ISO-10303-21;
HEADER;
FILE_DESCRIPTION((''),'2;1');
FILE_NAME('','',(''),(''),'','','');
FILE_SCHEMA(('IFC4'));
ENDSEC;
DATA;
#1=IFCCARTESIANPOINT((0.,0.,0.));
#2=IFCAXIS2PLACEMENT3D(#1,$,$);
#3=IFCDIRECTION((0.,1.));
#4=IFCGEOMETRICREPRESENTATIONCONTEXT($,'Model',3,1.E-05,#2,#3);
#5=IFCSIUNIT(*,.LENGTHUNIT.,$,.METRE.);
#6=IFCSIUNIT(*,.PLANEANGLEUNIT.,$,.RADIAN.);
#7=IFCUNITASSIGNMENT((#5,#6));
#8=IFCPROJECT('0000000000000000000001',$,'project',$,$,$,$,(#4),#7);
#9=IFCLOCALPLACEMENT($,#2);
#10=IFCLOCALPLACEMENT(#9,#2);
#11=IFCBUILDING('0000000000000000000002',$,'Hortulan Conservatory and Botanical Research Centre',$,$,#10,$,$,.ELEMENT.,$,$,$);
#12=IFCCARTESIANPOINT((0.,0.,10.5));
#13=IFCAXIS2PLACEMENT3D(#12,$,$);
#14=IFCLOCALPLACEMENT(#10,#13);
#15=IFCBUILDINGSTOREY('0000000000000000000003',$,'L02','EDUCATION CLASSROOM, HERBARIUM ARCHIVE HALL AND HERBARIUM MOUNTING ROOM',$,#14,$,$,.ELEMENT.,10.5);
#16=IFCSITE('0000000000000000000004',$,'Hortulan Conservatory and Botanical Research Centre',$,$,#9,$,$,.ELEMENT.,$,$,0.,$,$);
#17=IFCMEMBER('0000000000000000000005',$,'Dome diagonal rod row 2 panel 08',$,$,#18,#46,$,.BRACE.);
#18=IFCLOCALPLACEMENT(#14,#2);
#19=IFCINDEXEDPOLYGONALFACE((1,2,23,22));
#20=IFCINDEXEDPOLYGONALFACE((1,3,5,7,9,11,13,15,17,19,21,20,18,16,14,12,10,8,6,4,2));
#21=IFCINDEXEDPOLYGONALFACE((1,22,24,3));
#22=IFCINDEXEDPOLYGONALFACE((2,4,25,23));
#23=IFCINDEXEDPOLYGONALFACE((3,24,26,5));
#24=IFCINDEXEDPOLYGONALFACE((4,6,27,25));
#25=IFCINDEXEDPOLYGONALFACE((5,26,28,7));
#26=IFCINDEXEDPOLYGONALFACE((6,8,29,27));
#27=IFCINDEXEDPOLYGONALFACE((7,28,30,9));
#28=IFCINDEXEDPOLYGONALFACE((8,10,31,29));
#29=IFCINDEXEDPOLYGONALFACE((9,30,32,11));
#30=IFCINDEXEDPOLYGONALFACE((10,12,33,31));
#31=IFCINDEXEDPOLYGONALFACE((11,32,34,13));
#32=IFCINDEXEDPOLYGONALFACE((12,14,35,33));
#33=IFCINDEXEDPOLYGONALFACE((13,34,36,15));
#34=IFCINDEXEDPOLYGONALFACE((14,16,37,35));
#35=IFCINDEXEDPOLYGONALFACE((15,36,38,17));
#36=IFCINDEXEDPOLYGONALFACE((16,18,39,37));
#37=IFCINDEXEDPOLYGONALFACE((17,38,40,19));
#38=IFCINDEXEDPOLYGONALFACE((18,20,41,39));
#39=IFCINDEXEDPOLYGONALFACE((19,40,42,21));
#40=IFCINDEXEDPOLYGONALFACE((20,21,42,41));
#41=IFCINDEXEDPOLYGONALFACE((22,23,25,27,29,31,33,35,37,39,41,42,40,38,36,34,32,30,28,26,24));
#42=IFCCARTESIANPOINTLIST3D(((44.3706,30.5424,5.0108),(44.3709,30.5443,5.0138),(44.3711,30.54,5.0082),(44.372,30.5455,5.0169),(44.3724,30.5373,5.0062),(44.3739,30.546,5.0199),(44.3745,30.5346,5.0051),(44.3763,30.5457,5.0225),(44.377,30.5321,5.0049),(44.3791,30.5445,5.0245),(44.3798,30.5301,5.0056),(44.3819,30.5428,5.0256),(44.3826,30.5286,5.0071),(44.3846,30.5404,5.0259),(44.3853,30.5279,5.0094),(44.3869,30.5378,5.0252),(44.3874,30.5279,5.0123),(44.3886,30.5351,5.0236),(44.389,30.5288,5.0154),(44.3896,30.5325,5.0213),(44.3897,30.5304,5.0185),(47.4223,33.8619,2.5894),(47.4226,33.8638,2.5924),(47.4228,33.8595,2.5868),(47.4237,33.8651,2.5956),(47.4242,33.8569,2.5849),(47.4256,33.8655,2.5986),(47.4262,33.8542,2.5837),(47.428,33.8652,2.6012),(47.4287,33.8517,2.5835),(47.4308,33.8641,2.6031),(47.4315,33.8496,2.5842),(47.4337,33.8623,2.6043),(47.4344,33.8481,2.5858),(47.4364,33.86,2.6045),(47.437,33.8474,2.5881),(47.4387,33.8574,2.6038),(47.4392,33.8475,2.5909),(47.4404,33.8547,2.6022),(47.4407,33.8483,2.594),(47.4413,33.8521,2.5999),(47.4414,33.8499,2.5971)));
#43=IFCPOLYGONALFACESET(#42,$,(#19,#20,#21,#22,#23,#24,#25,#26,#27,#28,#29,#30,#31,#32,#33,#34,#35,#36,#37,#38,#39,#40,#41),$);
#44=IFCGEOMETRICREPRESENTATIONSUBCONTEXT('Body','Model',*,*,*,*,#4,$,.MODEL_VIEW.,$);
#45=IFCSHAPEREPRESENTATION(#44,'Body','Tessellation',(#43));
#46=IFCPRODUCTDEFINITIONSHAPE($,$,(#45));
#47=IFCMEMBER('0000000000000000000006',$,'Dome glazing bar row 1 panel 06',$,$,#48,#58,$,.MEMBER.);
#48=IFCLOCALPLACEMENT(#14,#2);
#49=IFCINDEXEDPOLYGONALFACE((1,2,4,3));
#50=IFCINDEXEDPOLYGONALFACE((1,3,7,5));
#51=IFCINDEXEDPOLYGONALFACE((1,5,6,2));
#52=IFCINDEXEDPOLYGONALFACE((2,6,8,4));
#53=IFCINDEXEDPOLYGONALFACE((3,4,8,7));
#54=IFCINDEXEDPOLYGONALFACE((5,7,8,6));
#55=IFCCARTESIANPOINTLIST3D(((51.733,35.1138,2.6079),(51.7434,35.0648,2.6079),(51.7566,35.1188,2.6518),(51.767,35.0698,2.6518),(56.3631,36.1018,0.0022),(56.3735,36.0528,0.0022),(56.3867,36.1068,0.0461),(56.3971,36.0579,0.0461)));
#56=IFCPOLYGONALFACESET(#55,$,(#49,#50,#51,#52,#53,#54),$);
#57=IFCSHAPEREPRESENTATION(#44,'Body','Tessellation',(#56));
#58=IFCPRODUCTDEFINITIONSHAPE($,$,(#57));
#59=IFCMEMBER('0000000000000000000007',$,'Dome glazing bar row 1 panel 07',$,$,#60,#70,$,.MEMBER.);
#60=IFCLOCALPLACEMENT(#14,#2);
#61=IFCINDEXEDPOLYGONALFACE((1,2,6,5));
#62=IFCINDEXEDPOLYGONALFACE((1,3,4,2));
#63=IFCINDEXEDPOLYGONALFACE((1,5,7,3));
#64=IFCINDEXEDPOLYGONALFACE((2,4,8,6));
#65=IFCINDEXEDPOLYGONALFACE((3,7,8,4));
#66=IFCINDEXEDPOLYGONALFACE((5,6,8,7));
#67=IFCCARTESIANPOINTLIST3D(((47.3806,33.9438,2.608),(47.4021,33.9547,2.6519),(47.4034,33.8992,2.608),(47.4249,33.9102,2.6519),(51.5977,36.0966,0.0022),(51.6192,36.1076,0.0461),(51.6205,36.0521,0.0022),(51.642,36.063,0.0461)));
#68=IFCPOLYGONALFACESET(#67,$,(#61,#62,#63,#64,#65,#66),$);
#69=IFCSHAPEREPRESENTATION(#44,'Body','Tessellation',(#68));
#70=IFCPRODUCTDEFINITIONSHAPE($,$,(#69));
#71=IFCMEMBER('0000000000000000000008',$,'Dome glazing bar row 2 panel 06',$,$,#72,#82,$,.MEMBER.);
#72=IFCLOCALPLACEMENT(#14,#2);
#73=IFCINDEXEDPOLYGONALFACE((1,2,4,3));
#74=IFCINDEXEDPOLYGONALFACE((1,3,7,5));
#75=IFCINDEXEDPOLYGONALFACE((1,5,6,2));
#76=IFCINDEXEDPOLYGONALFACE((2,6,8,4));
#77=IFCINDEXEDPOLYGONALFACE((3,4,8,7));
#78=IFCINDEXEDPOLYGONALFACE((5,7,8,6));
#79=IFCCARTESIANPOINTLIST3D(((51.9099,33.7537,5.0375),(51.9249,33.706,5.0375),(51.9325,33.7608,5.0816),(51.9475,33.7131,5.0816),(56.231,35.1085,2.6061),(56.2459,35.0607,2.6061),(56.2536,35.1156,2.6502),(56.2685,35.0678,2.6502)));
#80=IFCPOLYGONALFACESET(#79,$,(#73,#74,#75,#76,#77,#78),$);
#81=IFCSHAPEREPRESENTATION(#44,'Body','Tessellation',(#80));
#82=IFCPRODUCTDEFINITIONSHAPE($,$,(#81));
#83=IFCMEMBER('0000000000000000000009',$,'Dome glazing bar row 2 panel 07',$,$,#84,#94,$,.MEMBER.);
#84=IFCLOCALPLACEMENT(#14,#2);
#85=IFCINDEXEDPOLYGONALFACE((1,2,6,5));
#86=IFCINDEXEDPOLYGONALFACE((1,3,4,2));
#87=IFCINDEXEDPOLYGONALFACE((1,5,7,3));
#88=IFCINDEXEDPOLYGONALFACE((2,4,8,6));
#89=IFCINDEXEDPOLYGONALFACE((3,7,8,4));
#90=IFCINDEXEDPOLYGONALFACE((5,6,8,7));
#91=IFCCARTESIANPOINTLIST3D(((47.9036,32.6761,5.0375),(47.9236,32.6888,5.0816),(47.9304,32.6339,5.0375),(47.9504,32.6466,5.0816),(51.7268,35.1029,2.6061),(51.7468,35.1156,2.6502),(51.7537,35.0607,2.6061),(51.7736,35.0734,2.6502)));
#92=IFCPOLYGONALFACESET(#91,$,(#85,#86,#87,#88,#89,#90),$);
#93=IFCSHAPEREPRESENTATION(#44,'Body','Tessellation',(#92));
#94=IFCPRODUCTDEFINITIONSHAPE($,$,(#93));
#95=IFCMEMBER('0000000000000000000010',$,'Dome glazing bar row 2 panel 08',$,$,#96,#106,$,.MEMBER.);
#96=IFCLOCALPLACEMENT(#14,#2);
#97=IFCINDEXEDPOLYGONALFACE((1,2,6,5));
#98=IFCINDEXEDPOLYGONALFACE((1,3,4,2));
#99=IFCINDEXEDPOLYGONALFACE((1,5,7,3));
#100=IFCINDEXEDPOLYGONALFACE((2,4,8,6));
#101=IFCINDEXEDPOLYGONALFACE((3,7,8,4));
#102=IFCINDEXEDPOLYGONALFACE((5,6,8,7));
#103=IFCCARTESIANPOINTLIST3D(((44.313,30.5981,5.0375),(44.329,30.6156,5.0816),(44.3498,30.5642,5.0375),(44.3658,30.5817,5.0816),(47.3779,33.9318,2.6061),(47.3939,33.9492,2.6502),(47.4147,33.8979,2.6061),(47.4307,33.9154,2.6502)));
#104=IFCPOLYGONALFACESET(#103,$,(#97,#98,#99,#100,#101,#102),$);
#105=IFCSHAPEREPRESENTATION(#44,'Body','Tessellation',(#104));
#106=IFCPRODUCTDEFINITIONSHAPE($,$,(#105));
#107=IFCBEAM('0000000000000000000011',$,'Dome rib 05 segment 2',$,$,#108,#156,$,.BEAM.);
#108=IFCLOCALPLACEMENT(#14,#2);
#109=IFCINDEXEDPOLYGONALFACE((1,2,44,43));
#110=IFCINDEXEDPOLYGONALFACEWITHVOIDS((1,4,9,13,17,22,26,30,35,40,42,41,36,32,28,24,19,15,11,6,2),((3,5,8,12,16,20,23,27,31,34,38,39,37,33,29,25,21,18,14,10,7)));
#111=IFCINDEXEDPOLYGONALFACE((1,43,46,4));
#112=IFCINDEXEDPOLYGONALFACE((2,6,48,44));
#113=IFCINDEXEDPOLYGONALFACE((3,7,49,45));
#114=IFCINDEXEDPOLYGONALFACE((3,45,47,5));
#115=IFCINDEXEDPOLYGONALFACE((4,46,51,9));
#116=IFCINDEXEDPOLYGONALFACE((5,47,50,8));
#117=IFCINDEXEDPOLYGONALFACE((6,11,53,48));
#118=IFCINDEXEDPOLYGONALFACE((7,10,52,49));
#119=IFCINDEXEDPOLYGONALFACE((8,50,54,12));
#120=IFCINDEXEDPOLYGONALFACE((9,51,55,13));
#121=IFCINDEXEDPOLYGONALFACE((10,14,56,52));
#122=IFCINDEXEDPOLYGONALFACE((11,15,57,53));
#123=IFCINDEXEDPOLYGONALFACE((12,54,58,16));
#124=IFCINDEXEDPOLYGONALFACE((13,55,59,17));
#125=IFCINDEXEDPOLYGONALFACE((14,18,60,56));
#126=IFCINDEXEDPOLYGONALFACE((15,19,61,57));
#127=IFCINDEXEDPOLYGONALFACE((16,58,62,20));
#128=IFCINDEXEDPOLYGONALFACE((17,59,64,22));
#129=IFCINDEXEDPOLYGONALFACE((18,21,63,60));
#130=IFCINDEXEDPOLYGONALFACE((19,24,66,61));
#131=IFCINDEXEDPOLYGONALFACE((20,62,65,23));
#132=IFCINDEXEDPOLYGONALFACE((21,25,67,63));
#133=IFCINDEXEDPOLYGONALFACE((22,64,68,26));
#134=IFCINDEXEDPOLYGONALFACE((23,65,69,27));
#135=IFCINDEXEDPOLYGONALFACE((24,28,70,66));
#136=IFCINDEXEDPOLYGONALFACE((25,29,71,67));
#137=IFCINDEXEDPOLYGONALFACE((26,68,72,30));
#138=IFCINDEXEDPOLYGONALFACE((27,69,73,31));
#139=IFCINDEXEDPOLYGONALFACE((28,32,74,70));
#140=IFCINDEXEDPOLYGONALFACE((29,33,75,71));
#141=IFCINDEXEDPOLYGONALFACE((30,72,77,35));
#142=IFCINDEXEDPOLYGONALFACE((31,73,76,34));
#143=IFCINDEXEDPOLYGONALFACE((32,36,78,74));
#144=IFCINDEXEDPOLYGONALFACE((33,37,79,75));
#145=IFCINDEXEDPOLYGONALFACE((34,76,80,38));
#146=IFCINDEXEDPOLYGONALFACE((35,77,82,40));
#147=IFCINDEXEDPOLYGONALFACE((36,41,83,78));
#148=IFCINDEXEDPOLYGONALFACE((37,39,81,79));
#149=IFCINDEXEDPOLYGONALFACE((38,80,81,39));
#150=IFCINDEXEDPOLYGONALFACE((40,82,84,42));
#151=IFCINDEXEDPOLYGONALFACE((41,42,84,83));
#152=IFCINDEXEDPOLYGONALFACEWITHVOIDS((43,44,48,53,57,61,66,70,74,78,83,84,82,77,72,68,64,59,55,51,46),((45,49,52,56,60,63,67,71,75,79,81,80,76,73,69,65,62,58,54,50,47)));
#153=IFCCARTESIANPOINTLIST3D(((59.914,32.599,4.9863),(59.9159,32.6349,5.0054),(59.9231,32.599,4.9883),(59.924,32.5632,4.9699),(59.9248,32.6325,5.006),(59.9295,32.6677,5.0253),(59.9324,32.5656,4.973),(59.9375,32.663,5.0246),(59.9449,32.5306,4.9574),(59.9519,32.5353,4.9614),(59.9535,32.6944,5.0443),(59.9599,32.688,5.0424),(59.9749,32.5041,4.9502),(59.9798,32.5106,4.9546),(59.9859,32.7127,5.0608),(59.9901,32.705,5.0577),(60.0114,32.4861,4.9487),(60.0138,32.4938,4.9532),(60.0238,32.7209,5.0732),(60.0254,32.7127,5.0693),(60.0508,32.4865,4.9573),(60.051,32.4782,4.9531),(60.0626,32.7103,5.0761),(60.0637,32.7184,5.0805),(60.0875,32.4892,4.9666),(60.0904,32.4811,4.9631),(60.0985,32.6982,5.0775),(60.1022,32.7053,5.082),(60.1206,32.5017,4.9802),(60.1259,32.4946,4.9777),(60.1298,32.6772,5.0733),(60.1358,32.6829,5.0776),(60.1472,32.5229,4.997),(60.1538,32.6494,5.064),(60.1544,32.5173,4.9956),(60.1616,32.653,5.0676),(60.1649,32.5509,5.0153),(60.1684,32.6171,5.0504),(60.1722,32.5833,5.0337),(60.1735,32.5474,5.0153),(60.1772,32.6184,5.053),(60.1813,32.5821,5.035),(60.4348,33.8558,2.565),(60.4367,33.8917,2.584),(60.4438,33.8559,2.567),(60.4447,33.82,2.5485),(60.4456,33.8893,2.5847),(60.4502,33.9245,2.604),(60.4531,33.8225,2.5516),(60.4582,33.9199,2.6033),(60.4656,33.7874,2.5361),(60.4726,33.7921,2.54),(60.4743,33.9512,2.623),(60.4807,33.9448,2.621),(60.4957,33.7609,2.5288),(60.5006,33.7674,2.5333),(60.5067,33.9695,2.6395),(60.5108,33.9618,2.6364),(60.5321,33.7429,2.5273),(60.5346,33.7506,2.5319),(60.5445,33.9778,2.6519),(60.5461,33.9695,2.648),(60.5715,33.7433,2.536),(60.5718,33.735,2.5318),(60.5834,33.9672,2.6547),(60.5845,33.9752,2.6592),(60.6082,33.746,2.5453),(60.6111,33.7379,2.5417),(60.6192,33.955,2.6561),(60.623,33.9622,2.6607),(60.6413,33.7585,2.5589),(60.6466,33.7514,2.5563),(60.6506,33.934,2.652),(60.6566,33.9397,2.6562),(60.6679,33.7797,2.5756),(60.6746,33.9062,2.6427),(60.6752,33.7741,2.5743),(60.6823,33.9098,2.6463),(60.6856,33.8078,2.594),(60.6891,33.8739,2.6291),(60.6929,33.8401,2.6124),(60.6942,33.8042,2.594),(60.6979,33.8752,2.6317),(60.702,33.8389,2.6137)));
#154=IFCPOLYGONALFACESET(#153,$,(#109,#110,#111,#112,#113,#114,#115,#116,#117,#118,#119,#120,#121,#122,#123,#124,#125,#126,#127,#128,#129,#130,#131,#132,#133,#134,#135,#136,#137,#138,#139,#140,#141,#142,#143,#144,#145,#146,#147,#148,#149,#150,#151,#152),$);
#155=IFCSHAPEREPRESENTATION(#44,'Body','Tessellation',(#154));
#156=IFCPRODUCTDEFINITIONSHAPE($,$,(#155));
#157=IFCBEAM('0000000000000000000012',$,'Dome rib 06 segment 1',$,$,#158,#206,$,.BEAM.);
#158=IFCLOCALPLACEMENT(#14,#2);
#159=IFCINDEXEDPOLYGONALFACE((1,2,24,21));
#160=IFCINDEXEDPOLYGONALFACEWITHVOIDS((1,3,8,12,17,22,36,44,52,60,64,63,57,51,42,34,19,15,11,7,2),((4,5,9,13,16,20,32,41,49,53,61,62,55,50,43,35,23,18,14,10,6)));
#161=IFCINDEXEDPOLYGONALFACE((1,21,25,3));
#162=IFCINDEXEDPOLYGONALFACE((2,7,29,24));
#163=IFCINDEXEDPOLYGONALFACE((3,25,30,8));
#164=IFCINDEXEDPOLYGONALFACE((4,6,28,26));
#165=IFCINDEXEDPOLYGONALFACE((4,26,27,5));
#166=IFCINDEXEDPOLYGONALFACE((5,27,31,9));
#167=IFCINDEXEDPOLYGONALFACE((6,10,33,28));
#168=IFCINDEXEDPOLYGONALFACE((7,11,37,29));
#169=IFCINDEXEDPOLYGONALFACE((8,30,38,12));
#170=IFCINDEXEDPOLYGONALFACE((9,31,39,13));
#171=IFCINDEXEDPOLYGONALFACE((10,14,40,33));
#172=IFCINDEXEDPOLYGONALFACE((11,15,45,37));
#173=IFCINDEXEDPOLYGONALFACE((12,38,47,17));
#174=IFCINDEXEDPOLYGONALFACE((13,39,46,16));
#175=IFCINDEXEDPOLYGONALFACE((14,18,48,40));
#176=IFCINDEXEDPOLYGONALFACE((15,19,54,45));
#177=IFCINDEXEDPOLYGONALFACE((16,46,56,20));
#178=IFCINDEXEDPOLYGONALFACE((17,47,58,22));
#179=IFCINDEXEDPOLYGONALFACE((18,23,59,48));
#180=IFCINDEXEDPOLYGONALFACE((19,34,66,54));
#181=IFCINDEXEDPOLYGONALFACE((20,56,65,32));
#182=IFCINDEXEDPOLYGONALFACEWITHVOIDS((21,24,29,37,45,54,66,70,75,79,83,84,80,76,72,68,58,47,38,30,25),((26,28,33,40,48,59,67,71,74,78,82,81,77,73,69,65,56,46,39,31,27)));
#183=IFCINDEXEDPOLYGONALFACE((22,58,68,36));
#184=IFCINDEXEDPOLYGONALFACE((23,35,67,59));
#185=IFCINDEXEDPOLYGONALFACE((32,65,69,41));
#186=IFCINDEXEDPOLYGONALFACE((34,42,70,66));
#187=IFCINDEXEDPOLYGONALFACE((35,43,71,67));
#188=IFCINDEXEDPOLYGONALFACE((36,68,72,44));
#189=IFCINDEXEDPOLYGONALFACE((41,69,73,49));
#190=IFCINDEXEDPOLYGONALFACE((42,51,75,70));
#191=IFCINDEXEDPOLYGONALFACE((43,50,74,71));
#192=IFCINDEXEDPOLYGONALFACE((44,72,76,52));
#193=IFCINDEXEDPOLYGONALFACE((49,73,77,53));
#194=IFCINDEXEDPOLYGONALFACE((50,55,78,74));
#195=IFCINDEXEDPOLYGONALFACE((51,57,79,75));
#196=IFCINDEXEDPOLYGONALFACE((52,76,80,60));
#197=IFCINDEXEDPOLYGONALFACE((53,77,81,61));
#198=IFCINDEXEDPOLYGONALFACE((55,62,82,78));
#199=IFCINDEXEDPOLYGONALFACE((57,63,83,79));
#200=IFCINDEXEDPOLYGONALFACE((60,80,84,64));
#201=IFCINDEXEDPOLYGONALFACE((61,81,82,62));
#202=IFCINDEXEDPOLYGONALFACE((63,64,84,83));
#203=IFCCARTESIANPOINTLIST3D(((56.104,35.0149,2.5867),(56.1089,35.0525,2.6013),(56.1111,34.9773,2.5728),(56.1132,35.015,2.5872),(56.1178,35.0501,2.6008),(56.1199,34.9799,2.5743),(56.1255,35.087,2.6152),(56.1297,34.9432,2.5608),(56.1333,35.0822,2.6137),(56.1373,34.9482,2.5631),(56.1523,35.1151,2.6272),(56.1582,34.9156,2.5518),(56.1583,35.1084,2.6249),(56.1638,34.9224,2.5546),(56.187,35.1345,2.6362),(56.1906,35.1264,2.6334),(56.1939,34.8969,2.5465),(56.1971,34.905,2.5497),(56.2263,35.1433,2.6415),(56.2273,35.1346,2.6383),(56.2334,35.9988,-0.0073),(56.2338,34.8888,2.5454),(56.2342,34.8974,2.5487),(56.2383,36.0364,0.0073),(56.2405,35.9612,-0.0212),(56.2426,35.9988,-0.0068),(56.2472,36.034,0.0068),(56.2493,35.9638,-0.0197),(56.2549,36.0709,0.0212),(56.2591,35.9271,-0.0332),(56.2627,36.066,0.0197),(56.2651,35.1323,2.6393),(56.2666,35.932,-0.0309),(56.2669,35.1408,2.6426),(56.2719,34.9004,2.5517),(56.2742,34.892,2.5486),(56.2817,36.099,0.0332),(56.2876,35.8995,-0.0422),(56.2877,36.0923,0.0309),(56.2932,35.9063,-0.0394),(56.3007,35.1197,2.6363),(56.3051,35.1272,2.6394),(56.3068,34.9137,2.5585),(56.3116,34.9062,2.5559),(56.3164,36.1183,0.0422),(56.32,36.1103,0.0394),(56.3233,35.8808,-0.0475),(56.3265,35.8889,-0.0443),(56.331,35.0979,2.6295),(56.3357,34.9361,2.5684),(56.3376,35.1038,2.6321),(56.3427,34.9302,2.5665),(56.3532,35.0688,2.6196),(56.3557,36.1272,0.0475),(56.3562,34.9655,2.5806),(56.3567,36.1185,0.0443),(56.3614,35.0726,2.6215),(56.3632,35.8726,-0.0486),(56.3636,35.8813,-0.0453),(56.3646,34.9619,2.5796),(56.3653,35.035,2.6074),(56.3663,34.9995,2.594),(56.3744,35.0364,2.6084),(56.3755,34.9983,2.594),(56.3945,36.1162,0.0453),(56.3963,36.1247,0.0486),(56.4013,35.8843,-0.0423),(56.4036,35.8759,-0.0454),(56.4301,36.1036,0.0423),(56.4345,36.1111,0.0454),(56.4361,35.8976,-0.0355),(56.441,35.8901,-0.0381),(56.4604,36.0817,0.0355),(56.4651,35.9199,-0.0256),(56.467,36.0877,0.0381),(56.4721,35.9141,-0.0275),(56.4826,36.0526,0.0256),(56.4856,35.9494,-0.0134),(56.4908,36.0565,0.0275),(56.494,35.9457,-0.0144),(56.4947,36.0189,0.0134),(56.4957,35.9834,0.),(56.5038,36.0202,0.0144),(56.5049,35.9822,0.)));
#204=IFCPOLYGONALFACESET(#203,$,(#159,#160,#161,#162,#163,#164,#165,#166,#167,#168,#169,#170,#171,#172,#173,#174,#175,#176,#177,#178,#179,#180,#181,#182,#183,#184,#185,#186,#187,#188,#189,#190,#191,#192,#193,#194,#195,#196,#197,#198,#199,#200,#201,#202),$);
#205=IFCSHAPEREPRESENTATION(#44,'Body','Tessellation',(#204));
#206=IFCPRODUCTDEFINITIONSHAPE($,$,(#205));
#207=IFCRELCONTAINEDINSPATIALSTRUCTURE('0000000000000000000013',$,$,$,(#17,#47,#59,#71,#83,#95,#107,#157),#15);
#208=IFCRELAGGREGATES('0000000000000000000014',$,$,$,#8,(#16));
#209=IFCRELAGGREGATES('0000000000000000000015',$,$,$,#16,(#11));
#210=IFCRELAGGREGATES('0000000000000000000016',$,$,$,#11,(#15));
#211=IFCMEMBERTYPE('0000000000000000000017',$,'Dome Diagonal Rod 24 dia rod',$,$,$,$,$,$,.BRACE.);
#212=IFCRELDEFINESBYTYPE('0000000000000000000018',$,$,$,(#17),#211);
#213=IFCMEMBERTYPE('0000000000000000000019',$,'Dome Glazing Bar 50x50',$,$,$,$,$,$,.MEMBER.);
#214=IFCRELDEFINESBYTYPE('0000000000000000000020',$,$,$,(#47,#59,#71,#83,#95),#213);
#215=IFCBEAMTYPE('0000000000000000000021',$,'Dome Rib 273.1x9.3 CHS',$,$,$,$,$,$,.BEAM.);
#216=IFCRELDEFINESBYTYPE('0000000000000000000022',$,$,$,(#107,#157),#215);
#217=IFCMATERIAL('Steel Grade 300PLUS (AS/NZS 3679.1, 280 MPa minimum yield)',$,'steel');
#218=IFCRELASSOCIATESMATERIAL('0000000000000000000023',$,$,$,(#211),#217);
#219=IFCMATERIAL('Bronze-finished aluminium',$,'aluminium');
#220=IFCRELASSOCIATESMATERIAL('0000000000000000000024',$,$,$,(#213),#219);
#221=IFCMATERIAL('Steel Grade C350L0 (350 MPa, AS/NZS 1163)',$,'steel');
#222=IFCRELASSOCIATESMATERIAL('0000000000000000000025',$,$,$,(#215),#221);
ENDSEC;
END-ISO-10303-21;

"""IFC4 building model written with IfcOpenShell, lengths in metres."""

from ifc_helpers import new_model, si_unit, direction, frame, origin, origin_2d, place, context, subcontext, project, spatial, rectangle, circle, hollow_circle, extrude, material, material_profile, profile_set, type_object, element, save


model = new_model("IFC4")

# Units and contexts
model_context = context("Model", 3, precision=1e-05, world=origin(), true_north=direction((0.0, 1.0)))
body_context = subcontext(model_context, "Body", "Model", "MODEL_VIEW")
ifc_project = project(units=[si_unit("LENGTHUNIT", "METRE"), si_unit("PLANEANGLEUNIT", "RADIAN")], contexts=[model_context])

# Site, building, storey
site_placement = place(None, origin())
site = spatial("IfcSite", under=ifc_project, at=site_placement, Name="Hortulan Conservatory and Botanical Research Centre", CompositionType="ELEMENT", RefElevation=0.0)
building_placement = place(site_placement, origin())
building = spatial("IfcBuilding", under=site, at=building_placement, Name="Hortulan Conservatory and Botanical Research Centre", CompositionType="ELEMENT")
storey_placement = place(building_placement, frame((0.0, 0.0, 10.5)))
storey = spatial("IfcBuildingStorey", under=building, at=storey_placement, Name="L02", Description="EDUCATION CLASSROOM, HERBARIUM ARCHIVE HALL AND HERBARIUM MOUNTING ROOM", CompositionType="ELEMENT", Elevation=10.5)

# Members
ifc_material_1 = material(Name="Steel Grade 300PLUS (AS/NZS 3679.1, 280 MPa minimum yield)", Category="steel")
ifc_material_profile_1 = material_profile(ifc_material_1, circle(Radius=0.012, at=origin_2d()), Name="24 dia rod")
ifc_profile_set_1 = profile_set([ifc_material_profile_1], Name="Steel Grade 300PLUS (AS/NZS 3679.1, 280 MPa minimum yield)")
member_type_1 = type_object("IfcMemberType", Name="Dome Diagonal Rod 24 dia rod", PredefinedType="BRACE", material=ifc_profile_set_1)
for number, where, z_axis, x_axis, name in (
    (1, (47.4319, 33.8564, 2.594), (-0.596256, -0.648584, 0.473094), (0.73618, -0.676786, 0.0), "Dome diagonal rod row 2 panel 08"),
):
    element("IfcMember", number, at=place(storey_placement, frame(where, z_axis=z_axis, x_axis=x_axis)), inside=storey, type_object=member_type_1, Name=name, PredefinedType="BRACE", context=body_context, shape_type="SweptSolid", body=[
        extrude(circle(Radius=0.012, at=origin_2d()), origin(), (0.0, 0.0, 1.0), 5.1182),
    ])
ifc_material_2 = material(Name="Bronze-finished aluminium", Category="aluminium")
ifc_material_profile_2 = material_profile(ifc_material_2, rectangle(XDim=0.05, YDim=0.05, at=origin_2d()), Name="Square bar 50x50")
ifc_profile_set_2 = profile_set([ifc_material_profile_2], Name="Bronze-finished aluminium")
member_type_2 = type_object("IfcMemberType", Name="Dome Glazing Bar 50x50", PredefinedType="MEMBER", material=ifc_profile_set_2)
member_1_placement = place(storey_placement, frame((56.3801, 36.0798, 0.0242), z_axis=(-0.856784, -0.182832, 0.482176), x_axis=(0.208694, -0.977981, 0.0)))
element("IfcMember", 2, at=member_1_placement, inside=storey, type_object=member_type_2, Name="Dome glazing bar row 1 panel 06", PredefinedType="MEMBER", context=body_context, shape_type="SweptSolid", body=[
    extrude(rectangle(XDim=0.05, YDim=0.05, at=origin_2d()), origin(), (0.0, 0.0, 1.0), 5.4041),
])
member_2_placement = place(storey_placement, frame((51.6199, 36.0798, 0.0242), z_axis=(-0.780293, -0.398346, 0.482144), x_axis=(0.454685, -0.890652, 0.0)))
element("IfcMember", 3, at=member_2_placement, inside=storey, type_object=member_type_2, Name="Dome glazing bar row 1 panel 07", PredefinedType="MEMBER", context=body_context, shape_type="SweptSolid", body=[
    extrude(rectangle(XDim=0.05, YDim=0.05, at=origin_2d()), origin(), (0.0, 0.0, 1.0), 5.4045),
])
for number, where, z_axis, x_axis, name in (
    (4, (56.2498, 35.0881, 2.6282), (-0.840689, -0.263573, 0.473045), (0.299162, -0.954202, 0.0), "Dome glazing bar row 2 panel 06"),
    (5, (51.7502, 35.0881, 2.6282), (-0.743844, -0.472146, 0.473048), (0.535898, -0.844283, 0.0), "Dome glazing bar row 2 panel 07"),
    (6, (47.4043, 33.9236, 2.6282), (-0.596295, -0.64859, 0.473036), (0.736162, -0.676805, 0.0), "Dome glazing bar row 2 panel 08"),
):
    element("IfcMember", number, at=place(storey_placement, frame(where, z_axis=z_axis, x_axis=x_axis)), inside=storey, type_object=member_type_2, Name=name, PredefinedType="MEMBER", context=body_context, shape_type="SweptSolid", body=[
        extrude(rectangle(XDim=0.05, YDim=0.05, at=origin_2d()), origin(), (0.0, 0.0, 1.0), 5.1399),
    ])

# Beams
ifc_material_3 = material(Name="Steel Grade C350L0 (350 MPa, AS/NZS 1163)", Category="steel")
ifc_material_profile_3 = material_profile(ifc_material_3, hollow_circle(Radius=0.1365, WallThickness=0.0093, at=origin_2d()), Name="273.1x9.3CHS")
ifc_profile_set_3 = profile_set([ifc_material_profile_3], Name="Steel Grade C350L0 (350 MPa, AS/NZS 1163)")
beam_type_1 = type_object("IfcBeamType", Name="Dome Rib 273.1x9.3 CHS", PredefinedType="BEAM", material=ifc_profile_set_3)
for number, where, z_axis, x_axis, name in (
    (7, (60.5681, 33.8564, 2.594), (-0.187496, -0.452523, 0.871819), (0.92384, -0.38278, 0.0), "Dome rib 05 segment 2"),
    (8, (56.3696, 36.0, 0.0), (-0.046589, -0.354256, 0.933987), (0.991463, -0.130391, 0.0), "Dome rib 06 segment 1"),
):
    element("IfcBeam", number, at=place(storey_placement, frame(where, z_axis=z_axis, x_axis=x_axis)), inside=storey, type_object=beam_type_1, Name=name, PredefinedType="BEAM", context=body_context, shape_type="SweptSolid", body=[
        extrude(hollow_circle(Radius=0.1365, WallThickness=0.0093, at=origin_2d()), origin(), (0.0, 0.0, 1.0), 2.7773),
    ])

save(model, "model.ifc")
